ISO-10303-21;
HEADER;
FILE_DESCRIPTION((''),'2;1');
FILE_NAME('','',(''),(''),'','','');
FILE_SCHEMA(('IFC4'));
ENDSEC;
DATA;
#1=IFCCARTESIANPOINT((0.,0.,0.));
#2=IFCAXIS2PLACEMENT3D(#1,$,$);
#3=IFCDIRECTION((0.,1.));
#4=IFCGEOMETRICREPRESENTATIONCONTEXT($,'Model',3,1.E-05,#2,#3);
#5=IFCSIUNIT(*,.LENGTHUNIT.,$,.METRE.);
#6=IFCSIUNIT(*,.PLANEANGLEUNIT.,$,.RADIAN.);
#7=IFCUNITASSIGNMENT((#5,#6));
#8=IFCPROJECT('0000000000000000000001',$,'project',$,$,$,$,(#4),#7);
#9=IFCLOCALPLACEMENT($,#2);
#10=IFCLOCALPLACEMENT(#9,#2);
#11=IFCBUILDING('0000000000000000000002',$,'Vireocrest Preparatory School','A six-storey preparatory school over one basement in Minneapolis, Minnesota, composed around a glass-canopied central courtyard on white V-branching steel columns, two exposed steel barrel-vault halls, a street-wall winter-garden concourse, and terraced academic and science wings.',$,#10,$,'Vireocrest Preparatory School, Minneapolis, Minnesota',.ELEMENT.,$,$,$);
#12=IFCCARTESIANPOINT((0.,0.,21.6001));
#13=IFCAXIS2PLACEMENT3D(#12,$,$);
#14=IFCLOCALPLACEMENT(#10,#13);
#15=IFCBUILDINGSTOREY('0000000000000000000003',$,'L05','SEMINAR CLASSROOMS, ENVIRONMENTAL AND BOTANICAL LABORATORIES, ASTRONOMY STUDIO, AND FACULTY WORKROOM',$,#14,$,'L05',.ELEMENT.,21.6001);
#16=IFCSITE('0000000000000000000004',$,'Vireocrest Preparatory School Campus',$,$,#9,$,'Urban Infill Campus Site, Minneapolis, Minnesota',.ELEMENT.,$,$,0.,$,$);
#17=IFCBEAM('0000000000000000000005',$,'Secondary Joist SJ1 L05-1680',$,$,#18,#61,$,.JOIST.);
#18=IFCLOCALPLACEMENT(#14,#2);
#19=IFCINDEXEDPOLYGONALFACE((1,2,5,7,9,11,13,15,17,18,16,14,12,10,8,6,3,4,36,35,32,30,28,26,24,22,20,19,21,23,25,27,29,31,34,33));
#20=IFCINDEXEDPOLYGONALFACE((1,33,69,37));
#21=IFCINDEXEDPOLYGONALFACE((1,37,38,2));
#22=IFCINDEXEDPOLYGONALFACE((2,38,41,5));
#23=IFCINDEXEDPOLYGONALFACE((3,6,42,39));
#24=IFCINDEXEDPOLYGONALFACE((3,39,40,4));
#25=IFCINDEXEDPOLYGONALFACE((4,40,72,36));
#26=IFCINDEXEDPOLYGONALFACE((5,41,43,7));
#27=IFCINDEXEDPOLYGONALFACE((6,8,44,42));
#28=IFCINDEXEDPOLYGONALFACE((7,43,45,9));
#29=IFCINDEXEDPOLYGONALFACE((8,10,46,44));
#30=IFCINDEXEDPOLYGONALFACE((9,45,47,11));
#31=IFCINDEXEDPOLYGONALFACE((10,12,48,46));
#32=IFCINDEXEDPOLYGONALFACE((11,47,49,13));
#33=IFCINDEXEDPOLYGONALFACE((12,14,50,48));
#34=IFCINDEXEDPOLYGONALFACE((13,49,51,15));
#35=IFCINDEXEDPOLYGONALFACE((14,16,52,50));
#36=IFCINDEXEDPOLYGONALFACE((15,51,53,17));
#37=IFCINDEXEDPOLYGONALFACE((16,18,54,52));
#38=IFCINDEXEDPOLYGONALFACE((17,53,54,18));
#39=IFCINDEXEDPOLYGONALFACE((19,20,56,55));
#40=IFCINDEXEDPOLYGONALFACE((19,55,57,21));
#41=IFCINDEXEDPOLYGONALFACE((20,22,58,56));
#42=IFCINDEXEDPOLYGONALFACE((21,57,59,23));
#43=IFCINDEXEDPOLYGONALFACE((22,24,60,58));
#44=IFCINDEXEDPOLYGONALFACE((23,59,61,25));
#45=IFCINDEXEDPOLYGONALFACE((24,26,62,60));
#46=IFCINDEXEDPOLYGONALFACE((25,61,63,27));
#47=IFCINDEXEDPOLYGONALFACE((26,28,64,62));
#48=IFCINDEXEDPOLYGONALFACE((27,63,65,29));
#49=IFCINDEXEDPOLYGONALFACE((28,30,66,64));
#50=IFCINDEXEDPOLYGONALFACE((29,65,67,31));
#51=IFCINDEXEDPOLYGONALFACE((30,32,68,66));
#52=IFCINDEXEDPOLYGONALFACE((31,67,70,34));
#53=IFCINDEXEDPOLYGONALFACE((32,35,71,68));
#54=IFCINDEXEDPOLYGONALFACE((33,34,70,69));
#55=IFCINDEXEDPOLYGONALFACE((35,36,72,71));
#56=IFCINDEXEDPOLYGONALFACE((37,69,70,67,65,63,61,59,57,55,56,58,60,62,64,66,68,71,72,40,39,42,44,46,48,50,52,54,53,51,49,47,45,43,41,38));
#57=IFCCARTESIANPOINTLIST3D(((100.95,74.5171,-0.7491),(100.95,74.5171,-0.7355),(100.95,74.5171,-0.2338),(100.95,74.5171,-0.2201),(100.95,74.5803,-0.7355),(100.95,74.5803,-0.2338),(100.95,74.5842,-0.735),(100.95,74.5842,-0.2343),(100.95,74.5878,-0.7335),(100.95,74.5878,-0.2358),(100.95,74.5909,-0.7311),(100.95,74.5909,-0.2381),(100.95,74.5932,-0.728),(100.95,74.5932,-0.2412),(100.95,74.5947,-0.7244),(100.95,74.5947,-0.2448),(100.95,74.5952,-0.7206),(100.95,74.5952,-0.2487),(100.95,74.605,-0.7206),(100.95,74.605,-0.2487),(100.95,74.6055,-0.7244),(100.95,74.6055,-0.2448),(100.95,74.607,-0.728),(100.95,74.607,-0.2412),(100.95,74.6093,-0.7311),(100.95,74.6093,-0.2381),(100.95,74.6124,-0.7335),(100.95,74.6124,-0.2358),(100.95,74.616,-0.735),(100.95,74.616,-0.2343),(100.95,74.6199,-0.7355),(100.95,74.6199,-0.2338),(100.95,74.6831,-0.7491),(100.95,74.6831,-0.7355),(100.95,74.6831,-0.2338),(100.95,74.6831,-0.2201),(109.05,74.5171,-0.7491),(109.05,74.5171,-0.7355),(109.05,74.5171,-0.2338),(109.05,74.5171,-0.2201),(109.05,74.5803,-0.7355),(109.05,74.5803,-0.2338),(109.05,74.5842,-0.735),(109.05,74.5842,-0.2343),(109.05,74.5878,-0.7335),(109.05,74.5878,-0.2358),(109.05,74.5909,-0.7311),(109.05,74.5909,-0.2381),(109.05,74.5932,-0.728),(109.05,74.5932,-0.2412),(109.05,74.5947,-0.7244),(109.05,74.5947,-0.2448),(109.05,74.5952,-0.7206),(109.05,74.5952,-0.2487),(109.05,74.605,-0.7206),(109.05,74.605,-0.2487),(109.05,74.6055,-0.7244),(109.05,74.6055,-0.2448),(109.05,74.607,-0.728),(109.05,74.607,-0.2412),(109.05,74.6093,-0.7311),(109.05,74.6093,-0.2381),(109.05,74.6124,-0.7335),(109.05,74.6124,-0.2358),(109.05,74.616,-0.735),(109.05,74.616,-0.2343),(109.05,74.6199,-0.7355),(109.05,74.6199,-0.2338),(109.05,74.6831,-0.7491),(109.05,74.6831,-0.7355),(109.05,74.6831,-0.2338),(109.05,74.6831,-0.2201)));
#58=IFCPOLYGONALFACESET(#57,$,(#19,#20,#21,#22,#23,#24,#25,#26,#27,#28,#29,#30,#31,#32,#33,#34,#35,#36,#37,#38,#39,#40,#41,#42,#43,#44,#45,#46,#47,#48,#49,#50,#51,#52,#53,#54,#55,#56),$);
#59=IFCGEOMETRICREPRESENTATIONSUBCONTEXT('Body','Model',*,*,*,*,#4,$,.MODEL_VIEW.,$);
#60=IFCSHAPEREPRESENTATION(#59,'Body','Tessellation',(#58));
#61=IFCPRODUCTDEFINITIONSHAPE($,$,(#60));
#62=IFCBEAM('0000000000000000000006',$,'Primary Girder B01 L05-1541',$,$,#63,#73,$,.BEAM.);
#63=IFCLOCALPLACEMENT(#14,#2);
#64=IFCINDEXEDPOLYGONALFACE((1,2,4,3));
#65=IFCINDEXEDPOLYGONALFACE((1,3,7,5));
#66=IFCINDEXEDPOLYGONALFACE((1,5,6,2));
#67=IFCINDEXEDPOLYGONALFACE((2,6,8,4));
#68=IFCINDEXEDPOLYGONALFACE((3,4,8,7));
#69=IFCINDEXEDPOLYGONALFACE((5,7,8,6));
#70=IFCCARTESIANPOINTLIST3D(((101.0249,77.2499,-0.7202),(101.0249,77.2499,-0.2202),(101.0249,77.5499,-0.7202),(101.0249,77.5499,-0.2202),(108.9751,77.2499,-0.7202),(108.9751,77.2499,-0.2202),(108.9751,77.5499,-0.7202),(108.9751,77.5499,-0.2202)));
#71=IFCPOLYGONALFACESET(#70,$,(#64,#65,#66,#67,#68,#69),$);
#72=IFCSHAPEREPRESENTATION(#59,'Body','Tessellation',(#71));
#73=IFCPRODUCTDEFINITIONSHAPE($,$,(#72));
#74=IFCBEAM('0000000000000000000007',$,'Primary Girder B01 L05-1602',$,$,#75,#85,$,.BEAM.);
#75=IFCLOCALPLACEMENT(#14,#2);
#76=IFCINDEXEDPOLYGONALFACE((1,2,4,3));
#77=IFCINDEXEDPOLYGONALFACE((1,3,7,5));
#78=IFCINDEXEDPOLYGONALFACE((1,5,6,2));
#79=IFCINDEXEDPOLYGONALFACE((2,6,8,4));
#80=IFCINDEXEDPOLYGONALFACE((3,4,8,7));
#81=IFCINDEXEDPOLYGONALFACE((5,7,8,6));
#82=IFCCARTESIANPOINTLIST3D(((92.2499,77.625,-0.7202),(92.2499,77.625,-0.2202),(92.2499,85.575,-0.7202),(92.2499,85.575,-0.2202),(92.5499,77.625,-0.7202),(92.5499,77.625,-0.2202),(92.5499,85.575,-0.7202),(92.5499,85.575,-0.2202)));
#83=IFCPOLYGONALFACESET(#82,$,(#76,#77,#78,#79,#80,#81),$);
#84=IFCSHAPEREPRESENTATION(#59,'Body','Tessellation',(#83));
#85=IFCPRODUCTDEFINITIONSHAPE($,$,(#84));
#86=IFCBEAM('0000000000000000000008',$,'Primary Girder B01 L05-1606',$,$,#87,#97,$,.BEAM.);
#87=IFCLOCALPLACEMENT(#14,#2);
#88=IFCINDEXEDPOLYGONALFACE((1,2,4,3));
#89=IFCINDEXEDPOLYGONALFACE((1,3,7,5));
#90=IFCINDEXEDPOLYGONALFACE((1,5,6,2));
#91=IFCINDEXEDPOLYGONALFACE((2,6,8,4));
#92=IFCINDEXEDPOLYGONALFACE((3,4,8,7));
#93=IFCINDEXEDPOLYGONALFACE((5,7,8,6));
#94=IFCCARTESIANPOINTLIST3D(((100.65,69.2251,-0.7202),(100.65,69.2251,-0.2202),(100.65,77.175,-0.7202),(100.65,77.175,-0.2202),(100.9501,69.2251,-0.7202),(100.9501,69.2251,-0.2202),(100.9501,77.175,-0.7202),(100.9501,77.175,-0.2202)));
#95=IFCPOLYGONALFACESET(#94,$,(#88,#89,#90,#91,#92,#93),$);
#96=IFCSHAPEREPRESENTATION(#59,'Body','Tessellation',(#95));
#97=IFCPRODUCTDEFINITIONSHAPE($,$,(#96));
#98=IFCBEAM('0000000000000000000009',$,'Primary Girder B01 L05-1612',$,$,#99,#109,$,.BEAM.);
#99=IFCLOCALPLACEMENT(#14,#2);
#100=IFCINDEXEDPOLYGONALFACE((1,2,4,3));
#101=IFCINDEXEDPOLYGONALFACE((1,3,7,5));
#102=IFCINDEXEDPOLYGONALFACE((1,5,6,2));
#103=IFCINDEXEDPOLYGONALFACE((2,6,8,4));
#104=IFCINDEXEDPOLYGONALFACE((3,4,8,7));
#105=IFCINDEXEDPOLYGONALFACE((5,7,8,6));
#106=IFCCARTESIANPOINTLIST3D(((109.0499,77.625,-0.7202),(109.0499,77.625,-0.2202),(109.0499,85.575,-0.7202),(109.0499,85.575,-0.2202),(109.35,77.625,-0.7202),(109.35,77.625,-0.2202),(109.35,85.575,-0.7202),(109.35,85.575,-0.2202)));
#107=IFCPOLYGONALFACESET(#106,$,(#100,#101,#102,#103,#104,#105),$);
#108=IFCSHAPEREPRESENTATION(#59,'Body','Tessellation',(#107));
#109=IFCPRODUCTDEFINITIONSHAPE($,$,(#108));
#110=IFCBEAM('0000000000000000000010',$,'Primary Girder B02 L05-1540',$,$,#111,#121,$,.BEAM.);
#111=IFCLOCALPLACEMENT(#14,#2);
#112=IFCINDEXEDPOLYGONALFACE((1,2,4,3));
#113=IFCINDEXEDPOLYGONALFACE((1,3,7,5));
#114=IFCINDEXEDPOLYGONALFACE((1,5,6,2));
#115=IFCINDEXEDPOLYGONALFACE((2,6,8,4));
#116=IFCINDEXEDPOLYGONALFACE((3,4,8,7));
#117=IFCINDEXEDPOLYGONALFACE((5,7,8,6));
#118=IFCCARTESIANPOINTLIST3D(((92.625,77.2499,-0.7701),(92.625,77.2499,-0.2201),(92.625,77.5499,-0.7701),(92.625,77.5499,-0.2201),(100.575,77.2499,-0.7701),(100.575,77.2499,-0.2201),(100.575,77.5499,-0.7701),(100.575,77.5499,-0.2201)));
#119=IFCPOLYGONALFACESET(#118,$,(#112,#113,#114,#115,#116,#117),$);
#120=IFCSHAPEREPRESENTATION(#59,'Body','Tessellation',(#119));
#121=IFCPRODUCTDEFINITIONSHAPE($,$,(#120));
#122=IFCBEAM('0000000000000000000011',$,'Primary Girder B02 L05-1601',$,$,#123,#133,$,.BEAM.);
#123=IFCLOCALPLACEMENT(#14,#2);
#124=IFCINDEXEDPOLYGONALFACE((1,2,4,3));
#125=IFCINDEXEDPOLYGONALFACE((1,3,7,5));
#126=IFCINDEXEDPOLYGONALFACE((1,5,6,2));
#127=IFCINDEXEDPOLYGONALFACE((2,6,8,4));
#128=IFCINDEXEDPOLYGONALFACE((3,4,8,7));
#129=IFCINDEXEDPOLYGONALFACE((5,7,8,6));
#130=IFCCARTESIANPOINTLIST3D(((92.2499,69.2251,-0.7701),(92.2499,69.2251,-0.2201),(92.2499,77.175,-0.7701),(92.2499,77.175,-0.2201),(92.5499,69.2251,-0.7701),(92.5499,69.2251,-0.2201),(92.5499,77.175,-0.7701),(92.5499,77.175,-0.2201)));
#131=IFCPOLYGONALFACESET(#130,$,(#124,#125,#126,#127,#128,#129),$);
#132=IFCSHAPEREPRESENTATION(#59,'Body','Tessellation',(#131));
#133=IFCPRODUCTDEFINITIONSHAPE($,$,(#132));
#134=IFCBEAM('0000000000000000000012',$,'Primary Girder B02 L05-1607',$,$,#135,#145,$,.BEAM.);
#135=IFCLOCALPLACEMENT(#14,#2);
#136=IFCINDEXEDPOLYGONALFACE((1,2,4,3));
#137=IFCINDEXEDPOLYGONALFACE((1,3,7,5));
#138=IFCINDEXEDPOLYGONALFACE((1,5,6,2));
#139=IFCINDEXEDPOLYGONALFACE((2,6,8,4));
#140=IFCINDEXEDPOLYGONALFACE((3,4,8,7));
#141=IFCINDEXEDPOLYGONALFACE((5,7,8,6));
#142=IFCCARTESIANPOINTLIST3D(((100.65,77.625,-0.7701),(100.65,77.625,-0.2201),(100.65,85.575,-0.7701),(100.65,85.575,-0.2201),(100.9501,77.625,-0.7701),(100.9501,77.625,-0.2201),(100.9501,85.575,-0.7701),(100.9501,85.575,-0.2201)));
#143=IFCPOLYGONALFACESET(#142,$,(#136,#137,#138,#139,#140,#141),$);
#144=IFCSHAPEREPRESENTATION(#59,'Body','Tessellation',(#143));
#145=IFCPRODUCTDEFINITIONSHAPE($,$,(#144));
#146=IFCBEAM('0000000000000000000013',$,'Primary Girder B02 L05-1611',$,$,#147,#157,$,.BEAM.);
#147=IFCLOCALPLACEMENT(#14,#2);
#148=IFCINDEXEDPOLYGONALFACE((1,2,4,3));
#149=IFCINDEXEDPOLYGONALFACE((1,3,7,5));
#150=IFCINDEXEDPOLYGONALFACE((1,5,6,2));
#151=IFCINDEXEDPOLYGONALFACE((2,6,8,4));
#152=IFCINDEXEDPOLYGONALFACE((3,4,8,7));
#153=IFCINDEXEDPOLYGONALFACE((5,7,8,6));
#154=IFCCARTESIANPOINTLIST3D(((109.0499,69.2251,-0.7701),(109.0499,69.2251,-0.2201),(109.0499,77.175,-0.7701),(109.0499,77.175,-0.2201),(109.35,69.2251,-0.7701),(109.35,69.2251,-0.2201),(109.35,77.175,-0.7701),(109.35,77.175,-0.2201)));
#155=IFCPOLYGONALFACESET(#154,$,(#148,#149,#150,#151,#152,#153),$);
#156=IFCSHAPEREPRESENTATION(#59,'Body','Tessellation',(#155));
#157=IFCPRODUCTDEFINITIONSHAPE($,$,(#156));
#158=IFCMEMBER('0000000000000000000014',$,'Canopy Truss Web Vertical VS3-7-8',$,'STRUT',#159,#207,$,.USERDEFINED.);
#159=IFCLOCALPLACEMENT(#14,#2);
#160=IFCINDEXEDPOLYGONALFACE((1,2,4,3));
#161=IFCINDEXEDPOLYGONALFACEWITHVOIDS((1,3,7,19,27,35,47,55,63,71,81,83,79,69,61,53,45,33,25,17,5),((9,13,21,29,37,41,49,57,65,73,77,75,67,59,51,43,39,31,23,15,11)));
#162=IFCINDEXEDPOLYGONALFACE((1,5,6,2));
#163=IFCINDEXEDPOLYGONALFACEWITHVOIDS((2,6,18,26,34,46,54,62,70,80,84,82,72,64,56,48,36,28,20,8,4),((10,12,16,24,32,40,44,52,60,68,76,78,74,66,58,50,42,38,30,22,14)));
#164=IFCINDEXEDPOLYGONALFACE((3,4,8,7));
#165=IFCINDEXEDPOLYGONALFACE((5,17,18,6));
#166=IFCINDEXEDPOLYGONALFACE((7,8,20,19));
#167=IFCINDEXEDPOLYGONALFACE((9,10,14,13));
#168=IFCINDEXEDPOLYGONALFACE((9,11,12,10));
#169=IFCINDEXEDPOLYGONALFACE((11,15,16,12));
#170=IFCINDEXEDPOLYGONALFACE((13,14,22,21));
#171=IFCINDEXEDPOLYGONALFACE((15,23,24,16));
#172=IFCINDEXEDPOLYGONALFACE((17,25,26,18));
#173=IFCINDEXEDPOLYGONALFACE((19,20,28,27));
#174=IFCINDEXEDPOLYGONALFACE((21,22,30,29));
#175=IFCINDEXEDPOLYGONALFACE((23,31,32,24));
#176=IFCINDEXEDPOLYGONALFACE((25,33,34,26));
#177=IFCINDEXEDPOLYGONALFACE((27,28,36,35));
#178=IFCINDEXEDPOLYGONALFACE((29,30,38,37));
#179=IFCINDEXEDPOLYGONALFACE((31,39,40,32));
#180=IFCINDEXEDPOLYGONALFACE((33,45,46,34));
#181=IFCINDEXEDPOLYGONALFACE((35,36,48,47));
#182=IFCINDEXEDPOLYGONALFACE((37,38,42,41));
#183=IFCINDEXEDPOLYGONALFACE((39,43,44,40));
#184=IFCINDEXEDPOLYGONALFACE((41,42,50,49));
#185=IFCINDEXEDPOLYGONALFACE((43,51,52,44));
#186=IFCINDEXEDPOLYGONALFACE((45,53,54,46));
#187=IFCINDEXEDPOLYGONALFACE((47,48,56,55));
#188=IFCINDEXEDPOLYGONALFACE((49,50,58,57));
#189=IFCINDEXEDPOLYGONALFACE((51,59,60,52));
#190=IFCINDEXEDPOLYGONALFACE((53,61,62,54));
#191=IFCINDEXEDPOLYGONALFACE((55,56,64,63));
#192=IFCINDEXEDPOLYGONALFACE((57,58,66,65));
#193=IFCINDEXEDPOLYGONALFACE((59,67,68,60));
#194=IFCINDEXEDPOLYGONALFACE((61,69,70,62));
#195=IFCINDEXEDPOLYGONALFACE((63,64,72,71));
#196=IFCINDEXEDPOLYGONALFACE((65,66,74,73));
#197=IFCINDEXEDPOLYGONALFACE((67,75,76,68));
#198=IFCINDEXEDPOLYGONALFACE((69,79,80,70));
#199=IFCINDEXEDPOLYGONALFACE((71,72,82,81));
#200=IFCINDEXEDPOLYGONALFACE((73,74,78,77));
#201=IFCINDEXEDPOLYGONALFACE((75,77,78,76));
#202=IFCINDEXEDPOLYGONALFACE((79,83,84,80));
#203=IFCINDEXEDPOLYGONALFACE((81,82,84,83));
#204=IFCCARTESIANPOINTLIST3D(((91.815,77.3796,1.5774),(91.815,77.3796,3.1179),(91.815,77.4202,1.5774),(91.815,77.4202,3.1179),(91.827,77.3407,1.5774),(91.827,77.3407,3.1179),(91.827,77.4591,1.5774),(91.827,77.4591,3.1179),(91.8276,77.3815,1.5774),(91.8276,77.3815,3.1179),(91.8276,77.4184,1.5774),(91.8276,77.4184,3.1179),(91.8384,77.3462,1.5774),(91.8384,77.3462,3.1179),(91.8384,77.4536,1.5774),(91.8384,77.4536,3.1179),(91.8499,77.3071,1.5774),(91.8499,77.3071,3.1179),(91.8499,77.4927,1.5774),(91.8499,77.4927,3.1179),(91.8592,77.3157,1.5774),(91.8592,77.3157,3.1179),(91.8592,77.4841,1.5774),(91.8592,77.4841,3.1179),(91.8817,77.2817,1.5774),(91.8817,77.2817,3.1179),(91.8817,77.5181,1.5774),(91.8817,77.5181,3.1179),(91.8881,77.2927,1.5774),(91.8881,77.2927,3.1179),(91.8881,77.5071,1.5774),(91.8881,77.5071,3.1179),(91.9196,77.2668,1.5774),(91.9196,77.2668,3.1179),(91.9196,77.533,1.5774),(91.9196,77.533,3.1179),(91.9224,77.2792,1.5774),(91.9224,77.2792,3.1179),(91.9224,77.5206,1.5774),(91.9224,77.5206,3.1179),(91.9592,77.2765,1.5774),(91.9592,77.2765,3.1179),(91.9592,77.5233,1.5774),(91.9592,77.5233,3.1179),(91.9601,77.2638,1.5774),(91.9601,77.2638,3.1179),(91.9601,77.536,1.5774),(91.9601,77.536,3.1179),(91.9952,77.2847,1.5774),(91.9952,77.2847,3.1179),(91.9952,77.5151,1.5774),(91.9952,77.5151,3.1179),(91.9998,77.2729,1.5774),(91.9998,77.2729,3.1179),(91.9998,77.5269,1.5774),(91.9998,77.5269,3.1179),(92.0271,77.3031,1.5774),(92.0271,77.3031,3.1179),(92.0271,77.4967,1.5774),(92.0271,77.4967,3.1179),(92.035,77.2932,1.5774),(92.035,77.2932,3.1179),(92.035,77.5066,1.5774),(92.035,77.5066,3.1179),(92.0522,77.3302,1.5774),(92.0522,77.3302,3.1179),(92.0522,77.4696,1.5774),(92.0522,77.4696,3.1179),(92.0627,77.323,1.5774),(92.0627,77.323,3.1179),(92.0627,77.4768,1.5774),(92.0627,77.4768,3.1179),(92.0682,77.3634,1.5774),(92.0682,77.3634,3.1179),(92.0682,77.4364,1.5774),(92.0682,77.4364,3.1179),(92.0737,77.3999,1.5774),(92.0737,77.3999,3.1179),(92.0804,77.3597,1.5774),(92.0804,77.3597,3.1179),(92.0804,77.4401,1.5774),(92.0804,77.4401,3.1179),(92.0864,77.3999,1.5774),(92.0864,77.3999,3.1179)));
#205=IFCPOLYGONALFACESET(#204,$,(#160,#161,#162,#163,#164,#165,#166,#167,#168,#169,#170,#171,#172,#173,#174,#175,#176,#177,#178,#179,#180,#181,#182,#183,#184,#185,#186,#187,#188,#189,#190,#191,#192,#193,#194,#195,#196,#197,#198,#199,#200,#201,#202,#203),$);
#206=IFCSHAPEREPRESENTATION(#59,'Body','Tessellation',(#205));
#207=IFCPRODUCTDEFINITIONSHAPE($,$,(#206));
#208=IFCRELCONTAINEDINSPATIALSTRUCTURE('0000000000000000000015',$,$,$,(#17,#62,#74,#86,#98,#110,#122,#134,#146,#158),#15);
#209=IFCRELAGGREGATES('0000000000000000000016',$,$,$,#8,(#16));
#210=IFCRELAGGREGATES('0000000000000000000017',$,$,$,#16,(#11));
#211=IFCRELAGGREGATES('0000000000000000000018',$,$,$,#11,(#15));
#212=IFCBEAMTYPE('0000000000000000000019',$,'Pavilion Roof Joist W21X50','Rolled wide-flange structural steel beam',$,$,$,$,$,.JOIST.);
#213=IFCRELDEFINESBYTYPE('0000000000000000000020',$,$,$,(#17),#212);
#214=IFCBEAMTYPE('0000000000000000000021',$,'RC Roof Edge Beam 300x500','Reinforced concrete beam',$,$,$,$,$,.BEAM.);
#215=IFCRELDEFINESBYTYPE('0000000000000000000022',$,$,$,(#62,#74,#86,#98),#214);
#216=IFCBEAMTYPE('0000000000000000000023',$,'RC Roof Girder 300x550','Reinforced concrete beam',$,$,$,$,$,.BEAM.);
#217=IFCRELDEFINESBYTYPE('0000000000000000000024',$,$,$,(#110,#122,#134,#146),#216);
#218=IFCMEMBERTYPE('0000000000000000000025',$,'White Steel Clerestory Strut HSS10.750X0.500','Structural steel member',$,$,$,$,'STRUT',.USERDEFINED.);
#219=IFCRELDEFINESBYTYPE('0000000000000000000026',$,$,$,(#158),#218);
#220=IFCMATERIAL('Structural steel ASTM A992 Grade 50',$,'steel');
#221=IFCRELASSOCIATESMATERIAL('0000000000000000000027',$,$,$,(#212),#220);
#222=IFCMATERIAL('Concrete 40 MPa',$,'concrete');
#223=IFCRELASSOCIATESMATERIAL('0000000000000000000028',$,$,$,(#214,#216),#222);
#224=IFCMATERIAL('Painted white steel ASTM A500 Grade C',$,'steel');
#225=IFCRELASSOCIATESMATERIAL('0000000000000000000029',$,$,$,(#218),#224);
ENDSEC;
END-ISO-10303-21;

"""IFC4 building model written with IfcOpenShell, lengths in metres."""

from ifc_helpers import new_model, si_unit, direction, frame, origin, origin_2d, place, context, subcontext, project, spatial, rectangle, hollow_circle, i_section, extrude, material, material_profile, profile_set, type_object, element, save


model = new_model("IFC4")

# Units and contexts
model_context = context("Model", 3, precision=1e-05, world=origin(), true_north=direction((0.0, 1.0)))
body_context = subcontext(model_context, "Body", "Model", "MODEL_VIEW")
ifc_project = project(units=[si_unit("LENGTHUNIT", "METRE"), si_unit("PLANEANGLEUNIT", "RADIAN")], contexts=[model_context])

# Site, building, storey
site_placement = place(None, origin())
site = spatial("IfcSite", under=ifc_project, at=site_placement, Name="Vireocrest Preparatory School Campus", LongName="Urban Infill Campus Site, Minneapolis, Minnesota", CompositionType="ELEMENT", RefElevation=0.0)
building_placement = place(site_placement, origin())
building = spatial("IfcBuilding", under=site, at=building_placement, Name="Vireocrest Preparatory School", Description="A six-storey preparatory school over one basement in Minneapolis, Minnesota, composed around a glass-canopied central courtyard on white V-branching steel columns, two exposed steel barrel-vault halls, a street-wall winter-garden concourse, and terraced academic and science wings.", LongName="Vireocrest Preparatory School, Minneapolis, Minnesota", CompositionType="ELEMENT")
storey_placement = place(building_placement, frame((0.0, 0.0, 21.6001)))
storey = spatial("IfcBuildingStorey", under=building, at=storey_placement, Name="L05", Description="SEMINAR CLASSROOMS, ENVIRONMENTAL AND BOTANICAL LABORATORIES, ASTRONOMY STUDIO, AND FACULTY WORKROOM", LongName="L05", CompositionType="ELEMENT", Elevation=21.6001)

# Shared definitions
ifc_material_1 = material(Name="Structural steel ASTM A992 Grade 50", Category="steel")

# Shared definitions
ifc_material_2 = material(Name="Painted white steel ASTM A500 Grade C", Category="steel")

# Beams
ifc_material_profile_1 = material_profile(ifc_material_1, i_section(OverallWidth=0.166, OverallDepth=0.5291, WebThickness=0.0098, FlangeThickness=0.0137, FilletRadius=0.0149, at=origin_2d()), Name="W21X50")
ifc_profile_set_1 = profile_set([ifc_material_profile_1], Name="Structural steel ASTM A992 Grade 50")
beam_type_1 = type_object("IfcBeamType", Name="Pavilion Roof Joist W21X50", Description="Rolled wide-flange structural steel beam", PredefinedType="JOIST", material=ifc_profile_set_1)
for number, where, z_axis, x_axis, name in (
    (1, (100.95, 74.6001, -0.4846), (1.0, 0.0, 0.0), (0.0, 1.0, 0.0), "Secondary Joist SJ1 L05-1680"),
):
    element("IfcBeam", number, at=place(storey_placement, frame(where, z_axis=z_axis, x_axis=x_axis)), inside=storey, type_object=beam_type_1, Name=name, PredefinedType="JOIST", context=body_context, shape_type="SweptSolid", body=[
        extrude(i_section(OverallWidth=0.166, OverallDepth=0.5291, WebThickness=0.0098, FlangeThickness=0.0137, FilletRadius=0.0149, at=origin_2d()), origin(), (0.0, 0.0, 1.0), 8.1001),
    ])
ifc_material_3 = material(Name="Concrete 40 MPa", Category="concrete")
ifc_material_profile_2 = material_profile(ifc_material_3, rectangle(XDim=0.3, YDim=0.5, at=origin_2d()), Name="RC 300x500")
ifc_profile_set_2 = profile_set([ifc_material_profile_2], Name="Concrete 40 MPa")
beam_type_2 = type_object("IfcBeamType", Name="RC Roof Edge Beam 300x500", Description="Reinforced concrete beam", PredefinedType="BEAM", material=ifc_profile_set_2)
beam_1_placement = place(storey_placement, frame((101.0249, 77.3999, -0.4702), z_axis=(1.0, 0.0, 0.0), x_axis=(0.0, 1.0, 0.0)))
element("IfcBeam", 2, at=beam_1_placement, inside=storey, type_object=beam_type_2, Name="Primary Girder B01 L05-1541", PredefinedType="BEAM", context=body_context, shape_type="SweptSolid", body=[
    extrude(rectangle(XDim=0.3, YDim=0.5, at=origin_2d()), origin(), (0.0, 0.0, 1.0), 7.9502),
])
for number, where, z_axis, x_axis, name in (
    (3, (92.3999, 77.625, -0.4702), (0.0, 1.0, 0.0), (-1.0, 0.0, 0.0), "Primary Girder B01 L05-1602"),
    (4, (100.8, 69.2251, -0.4702), (0.0, 1.0, 0.0), (-1.0, 0.0, 0.0), "Primary Girder B01 L05-1606"),
    (5, (109.2, 77.625, -0.4702), (0.0, 1.0, 0.0), (-1.0, 0.0, 0.0), "Primary Girder B01 L05-1612"),
):
    element("IfcBeam", number, at=place(storey_placement, frame(where, z_axis=z_axis, x_axis=x_axis)), inside=storey, type_object=beam_type_2, Name=name, PredefinedType="BEAM", context=body_context, shape_type="SweptSolid", body=[
        extrude(rectangle(XDim=0.3, YDim=0.5, at=origin_2d()), origin(), (0.0, 0.0, 1.0), 7.95),
    ])
ifc_material_profile_3 = material_profile(ifc_material_3, rectangle(XDim=0.3, YDim=0.55, at=origin_2d()), Name="RC 300x550")
ifc_profile_set_3 = profile_set([ifc_material_profile_3], Name="Concrete 40 MPa")
beam_type_3 = type_object("IfcBeamType", Name="RC Roof Girder 300x550", Description="Reinforced concrete beam", PredefinedType="BEAM", material=ifc_profile_set_3)
for number, where, z_axis, x_axis, name in (
    (6, (92.625, 77.3999, -0.4951), (1.0, 0.0, 0.0), (0.0, 1.0, 0.0), "Primary Girder B02 L05-1540"),
    (7, (92.3999, 69.2251, -0.4951), (0.0, 1.0, 0.0), (-1.0, 0.0, 0.0), "Primary Girder B02 L05-1601"),
    (8, (100.8, 77.625, -0.4951), (0.0, 1.0, 0.0), (-1.0, 0.0, 0.0), "Primary Girder B02 L05-1607"),
    (9, (109.2, 69.2251, -0.4951), (0.0, 1.0, 0.0), (-1.0, 0.0, 0.0), "Primary Girder B02 L05-1611"),
):
    element("IfcBeam", number, at=place(storey_placement, frame(where, z_axis=z_axis, x_axis=x_axis)), inside=storey, type_object=beam_type_3, Name=name, PredefinedType="BEAM", context=body_context, shape_type="SweptSolid", body=[
        extrude(rectangle(XDim=0.3, YDim=0.55, at=origin_2d()), origin(), (0.0, 0.0, 1.0), 7.95),
    ])

# Member
ifc_material_profile_4 = material_profile(ifc_material_2, hollow_circle(Radius=0.1365, WallThickness=0.0127, at=origin_2d()), Name="HSS10.750X0.500")
ifc_profile_set_4 = profile_set([ifc_material_profile_4], Name="Painted white steel ASTM A500 Grade C")
member_type_1 = type_object("IfcMemberType", Name="White Steel Clerestory Strut HSS10.750X0.500", Description="Structural steel member", ElementType="STRUT", PredefinedType="USERDEFINED", material=ifc_profile_set_4)
member_1_placement = place(storey_placement, frame((91.95, 77.3999, 1.5774), z_axis=(0.0, 0.0, 1.0), x_axis=(1.0, 0.0, 0.0)))
element("IfcMember", 10, at=member_1_placement, inside=storey, type_object=member_type_1, Name="Canopy Truss Web Vertical VS3-7-8", ObjectType="STRUT", PredefinedType="USERDEFINED", context=body_context, shape_type="SweptSolid", body=[
    extrude(hollow_circle(Radius=0.1365, WallThickness=0.0127, at=origin_2d()), origin(), (0.0, 0.0, 1.0), 1.5405),
])

save(model, "model.ifc")
